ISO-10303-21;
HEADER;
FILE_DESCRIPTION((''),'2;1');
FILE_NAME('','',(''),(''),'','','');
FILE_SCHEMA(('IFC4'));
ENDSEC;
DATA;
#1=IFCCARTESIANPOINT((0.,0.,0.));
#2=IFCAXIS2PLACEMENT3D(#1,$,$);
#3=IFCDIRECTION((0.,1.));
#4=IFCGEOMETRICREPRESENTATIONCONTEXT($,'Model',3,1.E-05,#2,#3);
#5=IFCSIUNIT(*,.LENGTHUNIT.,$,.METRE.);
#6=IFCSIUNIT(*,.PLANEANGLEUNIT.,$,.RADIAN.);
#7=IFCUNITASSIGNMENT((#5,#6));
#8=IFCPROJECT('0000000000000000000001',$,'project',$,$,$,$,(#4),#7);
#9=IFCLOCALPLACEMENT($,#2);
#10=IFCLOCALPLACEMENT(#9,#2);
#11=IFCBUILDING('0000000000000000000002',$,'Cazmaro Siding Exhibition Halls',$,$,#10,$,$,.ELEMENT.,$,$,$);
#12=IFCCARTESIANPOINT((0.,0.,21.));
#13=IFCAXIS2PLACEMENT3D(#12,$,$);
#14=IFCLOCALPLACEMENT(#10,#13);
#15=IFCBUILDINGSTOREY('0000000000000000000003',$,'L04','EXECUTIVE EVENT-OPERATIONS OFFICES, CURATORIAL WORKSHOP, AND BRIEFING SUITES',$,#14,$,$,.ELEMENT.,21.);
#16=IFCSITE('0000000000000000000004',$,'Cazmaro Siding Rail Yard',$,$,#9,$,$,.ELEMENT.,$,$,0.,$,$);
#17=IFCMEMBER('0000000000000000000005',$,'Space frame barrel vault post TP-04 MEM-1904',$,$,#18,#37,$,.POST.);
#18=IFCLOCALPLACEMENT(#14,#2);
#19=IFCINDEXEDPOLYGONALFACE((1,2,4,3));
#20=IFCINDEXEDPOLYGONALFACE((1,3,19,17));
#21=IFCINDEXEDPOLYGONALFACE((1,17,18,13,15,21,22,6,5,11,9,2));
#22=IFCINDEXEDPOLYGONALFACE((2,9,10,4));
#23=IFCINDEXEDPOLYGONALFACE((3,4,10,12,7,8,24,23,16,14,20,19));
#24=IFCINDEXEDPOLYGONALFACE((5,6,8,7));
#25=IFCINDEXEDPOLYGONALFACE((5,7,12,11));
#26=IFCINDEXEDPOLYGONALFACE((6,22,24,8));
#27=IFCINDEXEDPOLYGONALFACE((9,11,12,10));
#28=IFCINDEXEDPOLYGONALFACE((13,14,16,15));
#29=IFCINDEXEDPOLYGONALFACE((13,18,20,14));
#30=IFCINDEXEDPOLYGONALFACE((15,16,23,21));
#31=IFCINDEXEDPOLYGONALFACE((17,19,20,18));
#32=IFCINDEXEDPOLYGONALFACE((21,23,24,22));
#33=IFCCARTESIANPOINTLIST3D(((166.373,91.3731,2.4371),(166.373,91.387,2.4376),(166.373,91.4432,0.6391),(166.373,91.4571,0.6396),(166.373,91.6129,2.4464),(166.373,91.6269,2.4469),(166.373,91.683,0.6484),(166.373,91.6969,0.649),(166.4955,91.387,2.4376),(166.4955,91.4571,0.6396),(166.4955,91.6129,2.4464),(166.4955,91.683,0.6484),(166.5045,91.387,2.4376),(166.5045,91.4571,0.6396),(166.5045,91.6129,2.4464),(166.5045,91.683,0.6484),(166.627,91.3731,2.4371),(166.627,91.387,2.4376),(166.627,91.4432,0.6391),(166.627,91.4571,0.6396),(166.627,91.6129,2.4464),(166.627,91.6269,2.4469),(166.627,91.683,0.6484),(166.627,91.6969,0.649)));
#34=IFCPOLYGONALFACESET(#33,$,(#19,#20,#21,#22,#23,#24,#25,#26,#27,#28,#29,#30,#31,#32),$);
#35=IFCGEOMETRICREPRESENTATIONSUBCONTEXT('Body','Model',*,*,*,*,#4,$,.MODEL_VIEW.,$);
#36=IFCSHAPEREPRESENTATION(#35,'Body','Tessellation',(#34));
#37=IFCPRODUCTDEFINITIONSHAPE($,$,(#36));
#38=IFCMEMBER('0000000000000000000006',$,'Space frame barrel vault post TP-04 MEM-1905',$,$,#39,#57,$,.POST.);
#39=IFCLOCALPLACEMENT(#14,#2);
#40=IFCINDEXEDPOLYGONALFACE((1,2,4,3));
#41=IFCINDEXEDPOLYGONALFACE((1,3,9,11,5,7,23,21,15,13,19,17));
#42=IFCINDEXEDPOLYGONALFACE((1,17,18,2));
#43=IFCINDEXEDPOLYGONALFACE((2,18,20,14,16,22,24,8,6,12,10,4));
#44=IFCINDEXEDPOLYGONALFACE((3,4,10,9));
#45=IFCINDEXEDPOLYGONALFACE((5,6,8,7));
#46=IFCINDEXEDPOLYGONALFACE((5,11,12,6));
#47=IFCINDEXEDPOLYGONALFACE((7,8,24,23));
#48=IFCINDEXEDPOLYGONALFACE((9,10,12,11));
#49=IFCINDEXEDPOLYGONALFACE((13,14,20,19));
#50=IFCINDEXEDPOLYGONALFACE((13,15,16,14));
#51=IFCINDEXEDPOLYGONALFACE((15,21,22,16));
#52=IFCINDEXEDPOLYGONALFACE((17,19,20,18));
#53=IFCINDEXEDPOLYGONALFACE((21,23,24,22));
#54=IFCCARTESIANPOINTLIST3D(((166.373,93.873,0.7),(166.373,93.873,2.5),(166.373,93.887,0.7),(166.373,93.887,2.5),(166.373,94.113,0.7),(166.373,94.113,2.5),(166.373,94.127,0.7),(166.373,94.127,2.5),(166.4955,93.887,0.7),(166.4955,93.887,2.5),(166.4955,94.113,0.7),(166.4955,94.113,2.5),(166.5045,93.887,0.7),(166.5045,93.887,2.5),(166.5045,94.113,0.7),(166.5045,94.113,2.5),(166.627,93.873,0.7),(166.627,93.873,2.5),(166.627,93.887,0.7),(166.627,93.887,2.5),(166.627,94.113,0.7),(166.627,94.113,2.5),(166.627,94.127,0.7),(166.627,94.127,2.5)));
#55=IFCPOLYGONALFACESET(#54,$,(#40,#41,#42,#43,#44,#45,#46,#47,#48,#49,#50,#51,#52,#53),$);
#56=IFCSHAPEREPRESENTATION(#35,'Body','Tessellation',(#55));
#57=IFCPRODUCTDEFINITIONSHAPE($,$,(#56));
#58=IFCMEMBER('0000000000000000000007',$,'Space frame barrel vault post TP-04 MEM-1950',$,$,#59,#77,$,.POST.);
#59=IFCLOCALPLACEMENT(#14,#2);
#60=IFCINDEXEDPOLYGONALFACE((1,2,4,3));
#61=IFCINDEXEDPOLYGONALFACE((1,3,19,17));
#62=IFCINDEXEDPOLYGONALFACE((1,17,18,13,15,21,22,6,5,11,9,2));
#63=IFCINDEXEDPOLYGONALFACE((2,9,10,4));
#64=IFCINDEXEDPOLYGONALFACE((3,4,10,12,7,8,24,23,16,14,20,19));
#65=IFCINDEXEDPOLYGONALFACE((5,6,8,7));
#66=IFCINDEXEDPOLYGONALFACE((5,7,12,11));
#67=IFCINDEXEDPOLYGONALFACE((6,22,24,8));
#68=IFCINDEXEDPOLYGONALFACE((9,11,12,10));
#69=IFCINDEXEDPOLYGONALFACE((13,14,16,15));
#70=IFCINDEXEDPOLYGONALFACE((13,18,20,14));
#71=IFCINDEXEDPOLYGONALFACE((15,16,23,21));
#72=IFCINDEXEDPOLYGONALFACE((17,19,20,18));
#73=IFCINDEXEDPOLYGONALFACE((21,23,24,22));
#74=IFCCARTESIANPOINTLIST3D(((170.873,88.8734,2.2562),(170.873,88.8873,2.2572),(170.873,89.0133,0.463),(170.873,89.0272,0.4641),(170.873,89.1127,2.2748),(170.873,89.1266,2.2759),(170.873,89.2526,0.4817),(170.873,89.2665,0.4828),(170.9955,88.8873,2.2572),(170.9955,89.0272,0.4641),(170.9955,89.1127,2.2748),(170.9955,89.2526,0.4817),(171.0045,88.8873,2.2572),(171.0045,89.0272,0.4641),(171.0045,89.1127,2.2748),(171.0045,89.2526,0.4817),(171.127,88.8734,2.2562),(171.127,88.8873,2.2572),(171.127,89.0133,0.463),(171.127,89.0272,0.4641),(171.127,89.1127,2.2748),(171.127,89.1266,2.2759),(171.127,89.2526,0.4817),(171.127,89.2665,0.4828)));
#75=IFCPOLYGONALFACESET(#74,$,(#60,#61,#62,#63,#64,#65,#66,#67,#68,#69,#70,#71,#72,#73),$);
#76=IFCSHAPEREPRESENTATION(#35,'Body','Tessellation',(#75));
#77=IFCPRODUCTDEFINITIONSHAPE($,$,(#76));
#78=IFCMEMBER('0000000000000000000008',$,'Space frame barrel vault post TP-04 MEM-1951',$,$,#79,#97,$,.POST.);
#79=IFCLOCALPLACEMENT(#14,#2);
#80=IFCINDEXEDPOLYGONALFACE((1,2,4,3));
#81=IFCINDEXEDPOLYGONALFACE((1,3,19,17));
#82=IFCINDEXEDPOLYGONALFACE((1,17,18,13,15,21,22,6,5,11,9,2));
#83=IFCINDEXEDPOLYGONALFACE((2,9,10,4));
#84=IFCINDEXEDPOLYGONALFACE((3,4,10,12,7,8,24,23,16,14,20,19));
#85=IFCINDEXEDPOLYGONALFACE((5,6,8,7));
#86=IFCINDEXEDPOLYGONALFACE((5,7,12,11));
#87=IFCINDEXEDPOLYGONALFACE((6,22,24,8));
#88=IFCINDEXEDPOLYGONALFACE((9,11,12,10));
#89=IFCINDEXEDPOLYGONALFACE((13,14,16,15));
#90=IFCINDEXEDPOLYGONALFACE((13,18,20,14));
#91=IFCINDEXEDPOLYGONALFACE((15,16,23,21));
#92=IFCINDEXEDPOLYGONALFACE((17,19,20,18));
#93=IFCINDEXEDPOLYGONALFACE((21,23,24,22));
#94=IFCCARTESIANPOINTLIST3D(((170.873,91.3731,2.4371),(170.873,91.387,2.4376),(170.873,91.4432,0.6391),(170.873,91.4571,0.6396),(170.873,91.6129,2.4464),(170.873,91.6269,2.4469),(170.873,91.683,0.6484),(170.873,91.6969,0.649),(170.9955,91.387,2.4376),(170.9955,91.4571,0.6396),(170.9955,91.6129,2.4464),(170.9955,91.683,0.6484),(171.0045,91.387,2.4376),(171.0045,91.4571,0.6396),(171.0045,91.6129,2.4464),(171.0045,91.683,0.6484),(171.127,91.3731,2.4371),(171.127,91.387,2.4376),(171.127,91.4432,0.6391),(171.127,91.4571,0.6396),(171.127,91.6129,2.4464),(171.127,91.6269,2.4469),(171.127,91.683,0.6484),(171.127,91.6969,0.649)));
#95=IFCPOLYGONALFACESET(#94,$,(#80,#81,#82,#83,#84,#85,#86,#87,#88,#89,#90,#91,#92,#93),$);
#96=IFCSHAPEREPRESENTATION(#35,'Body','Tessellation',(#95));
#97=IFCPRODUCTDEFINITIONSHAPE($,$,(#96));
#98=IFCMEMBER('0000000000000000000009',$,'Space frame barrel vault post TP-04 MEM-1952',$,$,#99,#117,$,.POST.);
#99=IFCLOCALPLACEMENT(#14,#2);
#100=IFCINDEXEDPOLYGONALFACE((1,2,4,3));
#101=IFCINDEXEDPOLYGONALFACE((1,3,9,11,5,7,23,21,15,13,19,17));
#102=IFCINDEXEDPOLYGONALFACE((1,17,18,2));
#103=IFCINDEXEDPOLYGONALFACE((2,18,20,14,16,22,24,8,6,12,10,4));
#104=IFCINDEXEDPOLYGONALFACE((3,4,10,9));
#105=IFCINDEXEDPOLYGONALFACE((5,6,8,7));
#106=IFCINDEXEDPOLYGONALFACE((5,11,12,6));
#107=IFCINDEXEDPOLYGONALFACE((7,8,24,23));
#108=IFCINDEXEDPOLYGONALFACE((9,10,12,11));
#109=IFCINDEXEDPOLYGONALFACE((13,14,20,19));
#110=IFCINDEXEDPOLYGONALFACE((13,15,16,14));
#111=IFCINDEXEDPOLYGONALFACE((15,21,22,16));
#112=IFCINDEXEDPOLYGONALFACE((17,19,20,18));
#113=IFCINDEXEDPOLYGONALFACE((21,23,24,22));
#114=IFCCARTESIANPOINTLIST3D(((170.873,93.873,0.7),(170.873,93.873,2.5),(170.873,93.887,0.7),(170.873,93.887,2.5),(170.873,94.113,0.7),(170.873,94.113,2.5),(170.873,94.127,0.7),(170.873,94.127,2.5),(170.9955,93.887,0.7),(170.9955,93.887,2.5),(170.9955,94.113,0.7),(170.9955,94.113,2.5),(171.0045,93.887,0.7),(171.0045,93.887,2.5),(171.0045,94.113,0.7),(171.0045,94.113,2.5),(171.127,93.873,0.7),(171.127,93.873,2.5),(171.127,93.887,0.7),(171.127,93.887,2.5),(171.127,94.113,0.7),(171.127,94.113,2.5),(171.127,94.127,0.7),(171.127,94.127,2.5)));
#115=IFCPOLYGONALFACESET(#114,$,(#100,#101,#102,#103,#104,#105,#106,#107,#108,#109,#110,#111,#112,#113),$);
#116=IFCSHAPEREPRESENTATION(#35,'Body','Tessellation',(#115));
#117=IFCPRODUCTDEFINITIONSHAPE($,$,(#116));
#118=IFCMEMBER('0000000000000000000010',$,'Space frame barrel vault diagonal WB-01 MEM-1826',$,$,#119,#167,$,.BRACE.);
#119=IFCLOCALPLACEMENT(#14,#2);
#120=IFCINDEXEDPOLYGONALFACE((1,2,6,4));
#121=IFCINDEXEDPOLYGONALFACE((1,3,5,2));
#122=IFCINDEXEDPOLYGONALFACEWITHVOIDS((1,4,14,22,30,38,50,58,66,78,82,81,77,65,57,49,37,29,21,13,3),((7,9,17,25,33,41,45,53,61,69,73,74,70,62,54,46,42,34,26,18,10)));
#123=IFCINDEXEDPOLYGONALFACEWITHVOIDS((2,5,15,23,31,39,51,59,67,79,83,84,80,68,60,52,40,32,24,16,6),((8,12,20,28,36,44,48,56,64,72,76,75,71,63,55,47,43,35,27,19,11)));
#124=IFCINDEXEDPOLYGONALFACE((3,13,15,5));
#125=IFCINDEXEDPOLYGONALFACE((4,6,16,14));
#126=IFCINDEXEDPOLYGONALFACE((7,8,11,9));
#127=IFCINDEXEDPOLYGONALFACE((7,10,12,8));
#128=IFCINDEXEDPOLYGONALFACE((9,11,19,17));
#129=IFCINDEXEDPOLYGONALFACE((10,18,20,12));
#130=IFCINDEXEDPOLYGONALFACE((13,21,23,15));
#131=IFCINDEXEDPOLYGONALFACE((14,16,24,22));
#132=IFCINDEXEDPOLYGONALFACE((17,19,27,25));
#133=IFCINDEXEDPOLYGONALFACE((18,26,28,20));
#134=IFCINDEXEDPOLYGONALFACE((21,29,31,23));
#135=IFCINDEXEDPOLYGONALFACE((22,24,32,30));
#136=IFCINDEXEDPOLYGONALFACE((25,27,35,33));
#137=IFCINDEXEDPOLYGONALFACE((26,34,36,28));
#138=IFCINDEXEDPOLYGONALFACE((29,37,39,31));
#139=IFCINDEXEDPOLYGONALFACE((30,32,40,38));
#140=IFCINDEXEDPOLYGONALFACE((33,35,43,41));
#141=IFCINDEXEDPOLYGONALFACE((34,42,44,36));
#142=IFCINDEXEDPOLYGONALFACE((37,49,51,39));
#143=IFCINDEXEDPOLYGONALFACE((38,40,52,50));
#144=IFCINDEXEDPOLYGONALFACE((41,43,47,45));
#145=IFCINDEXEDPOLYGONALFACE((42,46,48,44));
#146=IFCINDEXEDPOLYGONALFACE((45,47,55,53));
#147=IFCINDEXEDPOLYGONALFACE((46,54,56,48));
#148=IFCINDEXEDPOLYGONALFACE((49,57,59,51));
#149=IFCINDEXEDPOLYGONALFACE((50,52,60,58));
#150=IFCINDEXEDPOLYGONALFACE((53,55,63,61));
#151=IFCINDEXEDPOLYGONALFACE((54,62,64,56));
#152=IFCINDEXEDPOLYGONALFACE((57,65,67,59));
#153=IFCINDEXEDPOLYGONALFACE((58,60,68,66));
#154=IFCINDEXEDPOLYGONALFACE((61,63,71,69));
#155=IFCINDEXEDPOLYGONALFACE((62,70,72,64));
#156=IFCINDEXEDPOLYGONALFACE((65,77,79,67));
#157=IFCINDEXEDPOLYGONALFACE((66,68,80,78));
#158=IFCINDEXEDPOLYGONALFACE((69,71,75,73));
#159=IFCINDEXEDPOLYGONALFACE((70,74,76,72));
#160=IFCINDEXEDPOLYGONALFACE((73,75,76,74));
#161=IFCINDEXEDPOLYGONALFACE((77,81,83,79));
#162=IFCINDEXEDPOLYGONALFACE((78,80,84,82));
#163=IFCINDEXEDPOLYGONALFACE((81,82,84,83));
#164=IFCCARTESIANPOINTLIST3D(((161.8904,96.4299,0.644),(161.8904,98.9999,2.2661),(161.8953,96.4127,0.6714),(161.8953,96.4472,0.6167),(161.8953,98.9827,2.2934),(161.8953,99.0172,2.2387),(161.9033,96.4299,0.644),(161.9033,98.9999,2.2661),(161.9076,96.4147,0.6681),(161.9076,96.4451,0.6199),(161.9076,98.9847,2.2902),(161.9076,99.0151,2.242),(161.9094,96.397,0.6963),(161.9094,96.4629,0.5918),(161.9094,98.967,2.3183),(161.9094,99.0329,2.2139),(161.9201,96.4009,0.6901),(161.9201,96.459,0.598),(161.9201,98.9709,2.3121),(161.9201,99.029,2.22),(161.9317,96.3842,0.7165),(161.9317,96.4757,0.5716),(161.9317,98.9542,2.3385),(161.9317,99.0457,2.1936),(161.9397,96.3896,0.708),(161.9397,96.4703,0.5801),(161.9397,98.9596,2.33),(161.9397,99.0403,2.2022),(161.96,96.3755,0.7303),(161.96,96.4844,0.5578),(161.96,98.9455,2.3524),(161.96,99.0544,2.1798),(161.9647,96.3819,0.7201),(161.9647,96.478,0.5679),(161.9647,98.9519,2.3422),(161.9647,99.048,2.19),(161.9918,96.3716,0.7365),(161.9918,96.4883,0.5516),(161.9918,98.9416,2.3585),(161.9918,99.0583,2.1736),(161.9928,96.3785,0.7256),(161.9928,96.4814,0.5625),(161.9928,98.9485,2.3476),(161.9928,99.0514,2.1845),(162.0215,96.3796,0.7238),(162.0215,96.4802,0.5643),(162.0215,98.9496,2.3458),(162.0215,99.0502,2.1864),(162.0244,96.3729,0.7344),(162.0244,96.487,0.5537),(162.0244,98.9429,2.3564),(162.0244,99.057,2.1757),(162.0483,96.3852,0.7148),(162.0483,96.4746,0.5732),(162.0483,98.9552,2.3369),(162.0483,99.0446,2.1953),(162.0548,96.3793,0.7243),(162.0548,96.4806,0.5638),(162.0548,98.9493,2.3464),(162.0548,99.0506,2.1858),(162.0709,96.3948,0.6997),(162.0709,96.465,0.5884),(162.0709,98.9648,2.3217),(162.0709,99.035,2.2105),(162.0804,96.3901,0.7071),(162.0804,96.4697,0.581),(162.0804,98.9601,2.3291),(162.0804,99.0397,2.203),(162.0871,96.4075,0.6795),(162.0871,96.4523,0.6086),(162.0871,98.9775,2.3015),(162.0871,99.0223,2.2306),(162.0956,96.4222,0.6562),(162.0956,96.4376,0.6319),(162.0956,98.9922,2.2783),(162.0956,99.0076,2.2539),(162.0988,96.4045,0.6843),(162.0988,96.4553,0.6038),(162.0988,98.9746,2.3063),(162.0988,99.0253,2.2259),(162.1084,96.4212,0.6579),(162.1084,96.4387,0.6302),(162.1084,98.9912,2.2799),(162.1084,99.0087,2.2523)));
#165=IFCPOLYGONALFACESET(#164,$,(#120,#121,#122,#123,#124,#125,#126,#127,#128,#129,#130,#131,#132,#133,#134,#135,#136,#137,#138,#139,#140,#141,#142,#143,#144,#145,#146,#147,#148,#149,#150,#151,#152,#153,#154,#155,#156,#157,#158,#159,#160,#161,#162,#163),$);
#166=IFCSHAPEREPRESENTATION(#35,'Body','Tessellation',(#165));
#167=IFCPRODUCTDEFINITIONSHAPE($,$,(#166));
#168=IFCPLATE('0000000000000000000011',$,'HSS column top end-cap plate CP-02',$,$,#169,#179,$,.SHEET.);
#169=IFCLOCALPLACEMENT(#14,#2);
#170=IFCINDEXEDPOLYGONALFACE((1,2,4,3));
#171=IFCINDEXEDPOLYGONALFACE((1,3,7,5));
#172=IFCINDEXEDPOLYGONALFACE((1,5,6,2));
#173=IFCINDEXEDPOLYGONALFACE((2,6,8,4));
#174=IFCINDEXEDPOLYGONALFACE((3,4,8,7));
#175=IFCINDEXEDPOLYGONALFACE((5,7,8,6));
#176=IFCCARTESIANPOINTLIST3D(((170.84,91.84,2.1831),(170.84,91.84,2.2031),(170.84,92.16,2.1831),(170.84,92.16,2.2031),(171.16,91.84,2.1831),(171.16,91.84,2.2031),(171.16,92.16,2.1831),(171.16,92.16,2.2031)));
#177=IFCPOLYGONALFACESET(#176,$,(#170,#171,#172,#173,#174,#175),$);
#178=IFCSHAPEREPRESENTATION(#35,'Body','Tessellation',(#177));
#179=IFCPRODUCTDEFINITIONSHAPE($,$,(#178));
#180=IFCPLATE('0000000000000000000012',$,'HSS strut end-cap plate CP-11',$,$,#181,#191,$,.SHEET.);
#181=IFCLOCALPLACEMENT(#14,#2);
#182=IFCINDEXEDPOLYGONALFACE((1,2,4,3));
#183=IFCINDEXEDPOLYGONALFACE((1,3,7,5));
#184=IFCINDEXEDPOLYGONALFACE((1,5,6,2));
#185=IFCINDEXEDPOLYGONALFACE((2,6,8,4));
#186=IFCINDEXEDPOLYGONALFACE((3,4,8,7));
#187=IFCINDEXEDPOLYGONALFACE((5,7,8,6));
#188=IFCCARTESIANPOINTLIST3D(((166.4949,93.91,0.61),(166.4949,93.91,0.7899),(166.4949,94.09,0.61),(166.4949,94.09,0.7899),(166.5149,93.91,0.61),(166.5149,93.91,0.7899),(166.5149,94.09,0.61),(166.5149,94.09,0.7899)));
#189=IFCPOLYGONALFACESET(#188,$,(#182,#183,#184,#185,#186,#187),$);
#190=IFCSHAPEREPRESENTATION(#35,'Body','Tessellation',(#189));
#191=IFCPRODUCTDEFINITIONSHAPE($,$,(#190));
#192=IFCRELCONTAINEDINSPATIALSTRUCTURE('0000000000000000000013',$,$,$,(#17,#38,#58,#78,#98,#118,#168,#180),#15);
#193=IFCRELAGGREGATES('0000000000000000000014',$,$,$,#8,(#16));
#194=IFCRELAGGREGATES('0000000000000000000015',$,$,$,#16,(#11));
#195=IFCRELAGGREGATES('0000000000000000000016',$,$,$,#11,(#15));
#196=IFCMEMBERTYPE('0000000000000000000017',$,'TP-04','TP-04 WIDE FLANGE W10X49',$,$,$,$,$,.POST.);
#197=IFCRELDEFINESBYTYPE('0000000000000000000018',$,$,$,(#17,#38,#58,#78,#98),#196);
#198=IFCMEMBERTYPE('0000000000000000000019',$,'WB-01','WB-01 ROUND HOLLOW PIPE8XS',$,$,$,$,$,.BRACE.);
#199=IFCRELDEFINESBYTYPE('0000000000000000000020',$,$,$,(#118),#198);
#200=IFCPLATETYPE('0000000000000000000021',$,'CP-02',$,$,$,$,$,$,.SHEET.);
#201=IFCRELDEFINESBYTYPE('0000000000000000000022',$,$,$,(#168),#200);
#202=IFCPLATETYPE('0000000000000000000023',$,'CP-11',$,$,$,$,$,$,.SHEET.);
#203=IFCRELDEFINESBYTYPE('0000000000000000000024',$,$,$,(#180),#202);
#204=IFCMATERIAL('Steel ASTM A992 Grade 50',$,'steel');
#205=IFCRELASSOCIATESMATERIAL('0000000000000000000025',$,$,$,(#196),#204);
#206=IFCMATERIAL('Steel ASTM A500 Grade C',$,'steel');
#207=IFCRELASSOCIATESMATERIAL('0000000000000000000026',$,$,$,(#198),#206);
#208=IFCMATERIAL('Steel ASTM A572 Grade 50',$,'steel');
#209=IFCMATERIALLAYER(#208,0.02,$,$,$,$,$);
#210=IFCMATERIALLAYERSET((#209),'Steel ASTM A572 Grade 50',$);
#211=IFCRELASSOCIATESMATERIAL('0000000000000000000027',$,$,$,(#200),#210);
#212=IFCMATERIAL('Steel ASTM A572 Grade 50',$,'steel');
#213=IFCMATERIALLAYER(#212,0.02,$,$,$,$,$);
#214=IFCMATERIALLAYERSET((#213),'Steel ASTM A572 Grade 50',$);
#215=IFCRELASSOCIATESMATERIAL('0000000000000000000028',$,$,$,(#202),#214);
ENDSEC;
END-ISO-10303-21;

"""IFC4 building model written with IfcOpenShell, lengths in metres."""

from ifc_helpers import new_model, si_unit, direction, frame, origin, origin_2d, place, context, subcontext, project, spatial, rectangle, hollow_circle, i_section, extrude, material, layer, layer_set, material_profile, profile_set, type_object, element, save


model = new_model("IFC4")

# Units and contexts
model_context = context("Model", 3, precision=1e-05, world=origin(), true_north=direction((0.0, 1.0)))
body_context = subcontext(model_context, "Body", "Model", "MODEL_VIEW")
ifc_project = project(units=[si_unit("LENGTHUNIT", "METRE"), si_unit("PLANEANGLEUNIT", "RADIAN")], contexts=[model_context])

# Site, building, storey
site_placement = place(None, origin())
site = spatial("IfcSite", under=ifc_project, at=site_placement, Name="Cazmaro Siding Rail Yard", CompositionType="ELEMENT", RefElevation=0.0)
building_placement = place(site_placement, origin())
building = spatial("IfcBuilding", under=site, at=building_placement, Name="Cazmaro Siding Exhibition Halls", CompositionType="ELEMENT")
storey_placement = place(building_placement, frame((0.0, 0.0, 21.0)))
storey = spatial("IfcBuildingStorey", under=building, at=storey_placement, Name="L04", Description="EXECUTIVE EVENT-OPERATIONS OFFICES, CURATORIAL WORKSHOP, AND BRIEFING SUITES", CompositionType="ELEMENT", Elevation=21.0)

# Members
ifc_material_1 = material(Name="Steel ASTM A992 Grade 50", Category="steel")
ifc_material_profile_1 = material_profile(ifc_material_1, i_section(OverallWidth=0.2539, OverallDepth=0.2539, WebThickness=0.009, FlangeThickness=0.0139, at=origin_2d()), Name="W10X49")
ifc_profile_set_1 = profile_set([ifc_material_profile_1], Name="Steel ASTM A992 Grade 50")
member_type_1 = type_object("IfcMemberType", Name="TP-04", Description="TP-04 WIDE FLANGE W10X49", PredefinedType="POST", material=ifc_profile_set_1)
member_1_placement = place(storey_placement, frame((166.5, 91.5701, 0.644), z_axis=(0.0, -0.038944, 0.999241), x_axis=(1.0, 0.0, 0.0)))
element("IfcMember", 1, at=member_1_placement, inside=storey, type_object=member_type_1, Name="Space frame barrel vault post TP-04 MEM-1904", PredefinedType="POST", context=body_context, shape_type="SweptSolid", body=[
    extrude(i_section(OverallWidth=0.2539, OverallDepth=0.2539, WebThickness=0.009, FlangeThickness=0.0139, at=origin_2d()), origin(), (0.0, 0.0, 1.0), 1.7993),
])
member_2_placement = place(storey_placement, frame((166.5, 94.0, 0.7), z_axis=(0.0, 0.0, 1.0), x_axis=(1.0, 0.0, 0.0)))
element("IfcMember", 2, at=member_2_placement, inside=storey, type_object=member_type_1, Name="Space frame barrel vault post TP-04 MEM-1905", PredefinedType="POST", context=body_context, shape_type="SweptSolid", body=[
    extrude(i_section(OverallWidth=0.2539, OverallDepth=0.2539, WebThickness=0.009, FlangeThickness=0.0139, at=origin_2d()), origin(), (0.0, 0.0, 1.0), 1.8),
])
member_3_placement = place(storey_placement, frame((171.0, 89.1399, 0.4729), z_axis=(0.0, -0.077776, 0.996971), x_axis=(1.0, 0.0, 0.0)))
element("IfcMember", 3, at=member_3_placement, inside=storey, type_object=member_type_1, Name="Space frame barrel vault post TP-04 MEM-1950", PredefinedType="POST", context=body_context, shape_type="SweptSolid", body=[
    extrude(i_section(OverallWidth=0.2539, OverallDepth=0.2539, WebThickness=0.009, FlangeThickness=0.0139, at=origin_2d()), origin(), (0.0, 0.0, 1.0), 1.7986),
])
member_4_placement = place(storey_placement, frame((171.0, 91.5701, 0.644), z_axis=(0.0, -0.038944, 0.999241), x_axis=(1.0, 0.0, 0.0)))
element("IfcMember", 4, at=member_4_placement, inside=storey, type_object=member_type_1, Name="Space frame barrel vault post TP-04 MEM-1951", PredefinedType="POST", context=body_context, shape_type="SweptSolid", body=[
    extrude(i_section(OverallWidth=0.2539, OverallDepth=0.2539, WebThickness=0.009, FlangeThickness=0.0139, at=origin_2d()), origin(), (0.0, 0.0, 1.0), 1.7993),
])
member_5_placement = place(storey_placement, frame((171.0, 94.0, 0.7), z_axis=(0.0, 0.0, 1.0), x_axis=(1.0, 0.0, 0.0)))
element("IfcMember", 5, at=member_5_placement, inside=storey, type_object=member_type_1, Name="Space frame barrel vault post TP-04 MEM-1952", PredefinedType="POST", context=body_context, shape_type="SweptSolid", body=[
    extrude(i_section(OverallWidth=0.2539, OverallDepth=0.2539, WebThickness=0.009, FlangeThickness=0.0139, at=origin_2d()), origin(), (0.0, 0.0, 1.0), 1.8),
])
ifc_material_2 = material(Name="Steel ASTM A500 Grade C", Category="steel")
ifc_material_profile_2 = material_profile(ifc_material_2, hollow_circle(Radius=0.1096, WallThickness=0.0129, at=origin_2d()), Name="PIPE8XS")
ifc_profile_set_2 = profile_set([ifc_material_profile_2], Name="Steel ASTM A500 Grade C")
member_type_2 = type_object("IfcMemberType", Name="WB-01", Description="WB-01 ROUND HOLLOW PIPE8XS", PredefinedType="BRACE", material=ifc_profile_set_2)
member_6_placement = place(storey_placement, frame((162.0, 96.4299, 0.644), z_axis=(0.0, 0.845657, 0.533727), x_axis=(-1.0, 0.0, 0.0)))
element("IfcMember", 6, at=member_6_placement, inside=storey, type_object=member_type_2, Name="Space frame barrel vault diagonal WB-01 MEM-1826", PredefinedType="BRACE", context=body_context, shape_type="SweptSolid", body=[
    extrude(hollow_circle(Radius=0.1096, WallThickness=0.0129, at=origin_2d()), origin(), (0.0, 0.0, 1.0), 3.0391),
])

# Plates
ifc_material_3 = material(Name="Steel ASTM A572 Grade 50", Category="steel")
ifc_layer_1 = layer(ifc_material_3, 0.02)
ifc_layer_set_1 = layer_set([ifc_layer_1], Name="Steel ASTM A572 Grade 50")
plate_type_1 = type_object("IfcPlateType", Name="CP-02", PredefinedType="SHEET", material=ifc_layer_set_1)
plate_1_placement = place(storey_placement, frame((171.0, 92.0, 2.1831), z_axis=(0.0, 0.0, 1.0), x_axis=(1.0, 0.0, 0.0)))
element("IfcPlate", 7, at=plate_1_placement, inside=storey, type_object=plate_type_1, Name="HSS column top end-cap plate CP-02", PredefinedType="SHEET", context=body_context, shape_type="SweptSolid", body=[
    extrude(rectangle(XDim=0.3201, YDim=0.3201, at=origin_2d()), origin(), (0.0, 0.0, 1.0), 0.02),
])
ifc_material_4 = material(Name="Steel ASTM A572 Grade 50", Category="steel")
ifc_layer_2 = layer(ifc_material_4, 0.02)
ifc_layer_set_2 = layer_set([ifc_layer_2], Name="Steel ASTM A572 Grade 50")
plate_type_2 = type_object("IfcPlateType", Name="CP-11", PredefinedType="SHEET", material=ifc_layer_set_2)
plate_2_placement = place(storey_placement, frame((166.4949, 94.0, 0.7), z_axis=(1.0, 0.0, 0.0), x_axis=(0.0, 1.0, 0.0)))
element("IfcPlate", 8, at=plate_2_placement, inside=storey, type_object=plate_type_2, Name="HSS strut end-cap plate CP-11", PredefinedType="SHEET", context=body_context, shape_type="SweptSolid", body=[
    extrude(rectangle(XDim=0.1799, YDim=0.1799, at=origin_2d()), origin(), (0.0, 0.0, 1.0), 0.02),
])

save(model, "model.ifc")
